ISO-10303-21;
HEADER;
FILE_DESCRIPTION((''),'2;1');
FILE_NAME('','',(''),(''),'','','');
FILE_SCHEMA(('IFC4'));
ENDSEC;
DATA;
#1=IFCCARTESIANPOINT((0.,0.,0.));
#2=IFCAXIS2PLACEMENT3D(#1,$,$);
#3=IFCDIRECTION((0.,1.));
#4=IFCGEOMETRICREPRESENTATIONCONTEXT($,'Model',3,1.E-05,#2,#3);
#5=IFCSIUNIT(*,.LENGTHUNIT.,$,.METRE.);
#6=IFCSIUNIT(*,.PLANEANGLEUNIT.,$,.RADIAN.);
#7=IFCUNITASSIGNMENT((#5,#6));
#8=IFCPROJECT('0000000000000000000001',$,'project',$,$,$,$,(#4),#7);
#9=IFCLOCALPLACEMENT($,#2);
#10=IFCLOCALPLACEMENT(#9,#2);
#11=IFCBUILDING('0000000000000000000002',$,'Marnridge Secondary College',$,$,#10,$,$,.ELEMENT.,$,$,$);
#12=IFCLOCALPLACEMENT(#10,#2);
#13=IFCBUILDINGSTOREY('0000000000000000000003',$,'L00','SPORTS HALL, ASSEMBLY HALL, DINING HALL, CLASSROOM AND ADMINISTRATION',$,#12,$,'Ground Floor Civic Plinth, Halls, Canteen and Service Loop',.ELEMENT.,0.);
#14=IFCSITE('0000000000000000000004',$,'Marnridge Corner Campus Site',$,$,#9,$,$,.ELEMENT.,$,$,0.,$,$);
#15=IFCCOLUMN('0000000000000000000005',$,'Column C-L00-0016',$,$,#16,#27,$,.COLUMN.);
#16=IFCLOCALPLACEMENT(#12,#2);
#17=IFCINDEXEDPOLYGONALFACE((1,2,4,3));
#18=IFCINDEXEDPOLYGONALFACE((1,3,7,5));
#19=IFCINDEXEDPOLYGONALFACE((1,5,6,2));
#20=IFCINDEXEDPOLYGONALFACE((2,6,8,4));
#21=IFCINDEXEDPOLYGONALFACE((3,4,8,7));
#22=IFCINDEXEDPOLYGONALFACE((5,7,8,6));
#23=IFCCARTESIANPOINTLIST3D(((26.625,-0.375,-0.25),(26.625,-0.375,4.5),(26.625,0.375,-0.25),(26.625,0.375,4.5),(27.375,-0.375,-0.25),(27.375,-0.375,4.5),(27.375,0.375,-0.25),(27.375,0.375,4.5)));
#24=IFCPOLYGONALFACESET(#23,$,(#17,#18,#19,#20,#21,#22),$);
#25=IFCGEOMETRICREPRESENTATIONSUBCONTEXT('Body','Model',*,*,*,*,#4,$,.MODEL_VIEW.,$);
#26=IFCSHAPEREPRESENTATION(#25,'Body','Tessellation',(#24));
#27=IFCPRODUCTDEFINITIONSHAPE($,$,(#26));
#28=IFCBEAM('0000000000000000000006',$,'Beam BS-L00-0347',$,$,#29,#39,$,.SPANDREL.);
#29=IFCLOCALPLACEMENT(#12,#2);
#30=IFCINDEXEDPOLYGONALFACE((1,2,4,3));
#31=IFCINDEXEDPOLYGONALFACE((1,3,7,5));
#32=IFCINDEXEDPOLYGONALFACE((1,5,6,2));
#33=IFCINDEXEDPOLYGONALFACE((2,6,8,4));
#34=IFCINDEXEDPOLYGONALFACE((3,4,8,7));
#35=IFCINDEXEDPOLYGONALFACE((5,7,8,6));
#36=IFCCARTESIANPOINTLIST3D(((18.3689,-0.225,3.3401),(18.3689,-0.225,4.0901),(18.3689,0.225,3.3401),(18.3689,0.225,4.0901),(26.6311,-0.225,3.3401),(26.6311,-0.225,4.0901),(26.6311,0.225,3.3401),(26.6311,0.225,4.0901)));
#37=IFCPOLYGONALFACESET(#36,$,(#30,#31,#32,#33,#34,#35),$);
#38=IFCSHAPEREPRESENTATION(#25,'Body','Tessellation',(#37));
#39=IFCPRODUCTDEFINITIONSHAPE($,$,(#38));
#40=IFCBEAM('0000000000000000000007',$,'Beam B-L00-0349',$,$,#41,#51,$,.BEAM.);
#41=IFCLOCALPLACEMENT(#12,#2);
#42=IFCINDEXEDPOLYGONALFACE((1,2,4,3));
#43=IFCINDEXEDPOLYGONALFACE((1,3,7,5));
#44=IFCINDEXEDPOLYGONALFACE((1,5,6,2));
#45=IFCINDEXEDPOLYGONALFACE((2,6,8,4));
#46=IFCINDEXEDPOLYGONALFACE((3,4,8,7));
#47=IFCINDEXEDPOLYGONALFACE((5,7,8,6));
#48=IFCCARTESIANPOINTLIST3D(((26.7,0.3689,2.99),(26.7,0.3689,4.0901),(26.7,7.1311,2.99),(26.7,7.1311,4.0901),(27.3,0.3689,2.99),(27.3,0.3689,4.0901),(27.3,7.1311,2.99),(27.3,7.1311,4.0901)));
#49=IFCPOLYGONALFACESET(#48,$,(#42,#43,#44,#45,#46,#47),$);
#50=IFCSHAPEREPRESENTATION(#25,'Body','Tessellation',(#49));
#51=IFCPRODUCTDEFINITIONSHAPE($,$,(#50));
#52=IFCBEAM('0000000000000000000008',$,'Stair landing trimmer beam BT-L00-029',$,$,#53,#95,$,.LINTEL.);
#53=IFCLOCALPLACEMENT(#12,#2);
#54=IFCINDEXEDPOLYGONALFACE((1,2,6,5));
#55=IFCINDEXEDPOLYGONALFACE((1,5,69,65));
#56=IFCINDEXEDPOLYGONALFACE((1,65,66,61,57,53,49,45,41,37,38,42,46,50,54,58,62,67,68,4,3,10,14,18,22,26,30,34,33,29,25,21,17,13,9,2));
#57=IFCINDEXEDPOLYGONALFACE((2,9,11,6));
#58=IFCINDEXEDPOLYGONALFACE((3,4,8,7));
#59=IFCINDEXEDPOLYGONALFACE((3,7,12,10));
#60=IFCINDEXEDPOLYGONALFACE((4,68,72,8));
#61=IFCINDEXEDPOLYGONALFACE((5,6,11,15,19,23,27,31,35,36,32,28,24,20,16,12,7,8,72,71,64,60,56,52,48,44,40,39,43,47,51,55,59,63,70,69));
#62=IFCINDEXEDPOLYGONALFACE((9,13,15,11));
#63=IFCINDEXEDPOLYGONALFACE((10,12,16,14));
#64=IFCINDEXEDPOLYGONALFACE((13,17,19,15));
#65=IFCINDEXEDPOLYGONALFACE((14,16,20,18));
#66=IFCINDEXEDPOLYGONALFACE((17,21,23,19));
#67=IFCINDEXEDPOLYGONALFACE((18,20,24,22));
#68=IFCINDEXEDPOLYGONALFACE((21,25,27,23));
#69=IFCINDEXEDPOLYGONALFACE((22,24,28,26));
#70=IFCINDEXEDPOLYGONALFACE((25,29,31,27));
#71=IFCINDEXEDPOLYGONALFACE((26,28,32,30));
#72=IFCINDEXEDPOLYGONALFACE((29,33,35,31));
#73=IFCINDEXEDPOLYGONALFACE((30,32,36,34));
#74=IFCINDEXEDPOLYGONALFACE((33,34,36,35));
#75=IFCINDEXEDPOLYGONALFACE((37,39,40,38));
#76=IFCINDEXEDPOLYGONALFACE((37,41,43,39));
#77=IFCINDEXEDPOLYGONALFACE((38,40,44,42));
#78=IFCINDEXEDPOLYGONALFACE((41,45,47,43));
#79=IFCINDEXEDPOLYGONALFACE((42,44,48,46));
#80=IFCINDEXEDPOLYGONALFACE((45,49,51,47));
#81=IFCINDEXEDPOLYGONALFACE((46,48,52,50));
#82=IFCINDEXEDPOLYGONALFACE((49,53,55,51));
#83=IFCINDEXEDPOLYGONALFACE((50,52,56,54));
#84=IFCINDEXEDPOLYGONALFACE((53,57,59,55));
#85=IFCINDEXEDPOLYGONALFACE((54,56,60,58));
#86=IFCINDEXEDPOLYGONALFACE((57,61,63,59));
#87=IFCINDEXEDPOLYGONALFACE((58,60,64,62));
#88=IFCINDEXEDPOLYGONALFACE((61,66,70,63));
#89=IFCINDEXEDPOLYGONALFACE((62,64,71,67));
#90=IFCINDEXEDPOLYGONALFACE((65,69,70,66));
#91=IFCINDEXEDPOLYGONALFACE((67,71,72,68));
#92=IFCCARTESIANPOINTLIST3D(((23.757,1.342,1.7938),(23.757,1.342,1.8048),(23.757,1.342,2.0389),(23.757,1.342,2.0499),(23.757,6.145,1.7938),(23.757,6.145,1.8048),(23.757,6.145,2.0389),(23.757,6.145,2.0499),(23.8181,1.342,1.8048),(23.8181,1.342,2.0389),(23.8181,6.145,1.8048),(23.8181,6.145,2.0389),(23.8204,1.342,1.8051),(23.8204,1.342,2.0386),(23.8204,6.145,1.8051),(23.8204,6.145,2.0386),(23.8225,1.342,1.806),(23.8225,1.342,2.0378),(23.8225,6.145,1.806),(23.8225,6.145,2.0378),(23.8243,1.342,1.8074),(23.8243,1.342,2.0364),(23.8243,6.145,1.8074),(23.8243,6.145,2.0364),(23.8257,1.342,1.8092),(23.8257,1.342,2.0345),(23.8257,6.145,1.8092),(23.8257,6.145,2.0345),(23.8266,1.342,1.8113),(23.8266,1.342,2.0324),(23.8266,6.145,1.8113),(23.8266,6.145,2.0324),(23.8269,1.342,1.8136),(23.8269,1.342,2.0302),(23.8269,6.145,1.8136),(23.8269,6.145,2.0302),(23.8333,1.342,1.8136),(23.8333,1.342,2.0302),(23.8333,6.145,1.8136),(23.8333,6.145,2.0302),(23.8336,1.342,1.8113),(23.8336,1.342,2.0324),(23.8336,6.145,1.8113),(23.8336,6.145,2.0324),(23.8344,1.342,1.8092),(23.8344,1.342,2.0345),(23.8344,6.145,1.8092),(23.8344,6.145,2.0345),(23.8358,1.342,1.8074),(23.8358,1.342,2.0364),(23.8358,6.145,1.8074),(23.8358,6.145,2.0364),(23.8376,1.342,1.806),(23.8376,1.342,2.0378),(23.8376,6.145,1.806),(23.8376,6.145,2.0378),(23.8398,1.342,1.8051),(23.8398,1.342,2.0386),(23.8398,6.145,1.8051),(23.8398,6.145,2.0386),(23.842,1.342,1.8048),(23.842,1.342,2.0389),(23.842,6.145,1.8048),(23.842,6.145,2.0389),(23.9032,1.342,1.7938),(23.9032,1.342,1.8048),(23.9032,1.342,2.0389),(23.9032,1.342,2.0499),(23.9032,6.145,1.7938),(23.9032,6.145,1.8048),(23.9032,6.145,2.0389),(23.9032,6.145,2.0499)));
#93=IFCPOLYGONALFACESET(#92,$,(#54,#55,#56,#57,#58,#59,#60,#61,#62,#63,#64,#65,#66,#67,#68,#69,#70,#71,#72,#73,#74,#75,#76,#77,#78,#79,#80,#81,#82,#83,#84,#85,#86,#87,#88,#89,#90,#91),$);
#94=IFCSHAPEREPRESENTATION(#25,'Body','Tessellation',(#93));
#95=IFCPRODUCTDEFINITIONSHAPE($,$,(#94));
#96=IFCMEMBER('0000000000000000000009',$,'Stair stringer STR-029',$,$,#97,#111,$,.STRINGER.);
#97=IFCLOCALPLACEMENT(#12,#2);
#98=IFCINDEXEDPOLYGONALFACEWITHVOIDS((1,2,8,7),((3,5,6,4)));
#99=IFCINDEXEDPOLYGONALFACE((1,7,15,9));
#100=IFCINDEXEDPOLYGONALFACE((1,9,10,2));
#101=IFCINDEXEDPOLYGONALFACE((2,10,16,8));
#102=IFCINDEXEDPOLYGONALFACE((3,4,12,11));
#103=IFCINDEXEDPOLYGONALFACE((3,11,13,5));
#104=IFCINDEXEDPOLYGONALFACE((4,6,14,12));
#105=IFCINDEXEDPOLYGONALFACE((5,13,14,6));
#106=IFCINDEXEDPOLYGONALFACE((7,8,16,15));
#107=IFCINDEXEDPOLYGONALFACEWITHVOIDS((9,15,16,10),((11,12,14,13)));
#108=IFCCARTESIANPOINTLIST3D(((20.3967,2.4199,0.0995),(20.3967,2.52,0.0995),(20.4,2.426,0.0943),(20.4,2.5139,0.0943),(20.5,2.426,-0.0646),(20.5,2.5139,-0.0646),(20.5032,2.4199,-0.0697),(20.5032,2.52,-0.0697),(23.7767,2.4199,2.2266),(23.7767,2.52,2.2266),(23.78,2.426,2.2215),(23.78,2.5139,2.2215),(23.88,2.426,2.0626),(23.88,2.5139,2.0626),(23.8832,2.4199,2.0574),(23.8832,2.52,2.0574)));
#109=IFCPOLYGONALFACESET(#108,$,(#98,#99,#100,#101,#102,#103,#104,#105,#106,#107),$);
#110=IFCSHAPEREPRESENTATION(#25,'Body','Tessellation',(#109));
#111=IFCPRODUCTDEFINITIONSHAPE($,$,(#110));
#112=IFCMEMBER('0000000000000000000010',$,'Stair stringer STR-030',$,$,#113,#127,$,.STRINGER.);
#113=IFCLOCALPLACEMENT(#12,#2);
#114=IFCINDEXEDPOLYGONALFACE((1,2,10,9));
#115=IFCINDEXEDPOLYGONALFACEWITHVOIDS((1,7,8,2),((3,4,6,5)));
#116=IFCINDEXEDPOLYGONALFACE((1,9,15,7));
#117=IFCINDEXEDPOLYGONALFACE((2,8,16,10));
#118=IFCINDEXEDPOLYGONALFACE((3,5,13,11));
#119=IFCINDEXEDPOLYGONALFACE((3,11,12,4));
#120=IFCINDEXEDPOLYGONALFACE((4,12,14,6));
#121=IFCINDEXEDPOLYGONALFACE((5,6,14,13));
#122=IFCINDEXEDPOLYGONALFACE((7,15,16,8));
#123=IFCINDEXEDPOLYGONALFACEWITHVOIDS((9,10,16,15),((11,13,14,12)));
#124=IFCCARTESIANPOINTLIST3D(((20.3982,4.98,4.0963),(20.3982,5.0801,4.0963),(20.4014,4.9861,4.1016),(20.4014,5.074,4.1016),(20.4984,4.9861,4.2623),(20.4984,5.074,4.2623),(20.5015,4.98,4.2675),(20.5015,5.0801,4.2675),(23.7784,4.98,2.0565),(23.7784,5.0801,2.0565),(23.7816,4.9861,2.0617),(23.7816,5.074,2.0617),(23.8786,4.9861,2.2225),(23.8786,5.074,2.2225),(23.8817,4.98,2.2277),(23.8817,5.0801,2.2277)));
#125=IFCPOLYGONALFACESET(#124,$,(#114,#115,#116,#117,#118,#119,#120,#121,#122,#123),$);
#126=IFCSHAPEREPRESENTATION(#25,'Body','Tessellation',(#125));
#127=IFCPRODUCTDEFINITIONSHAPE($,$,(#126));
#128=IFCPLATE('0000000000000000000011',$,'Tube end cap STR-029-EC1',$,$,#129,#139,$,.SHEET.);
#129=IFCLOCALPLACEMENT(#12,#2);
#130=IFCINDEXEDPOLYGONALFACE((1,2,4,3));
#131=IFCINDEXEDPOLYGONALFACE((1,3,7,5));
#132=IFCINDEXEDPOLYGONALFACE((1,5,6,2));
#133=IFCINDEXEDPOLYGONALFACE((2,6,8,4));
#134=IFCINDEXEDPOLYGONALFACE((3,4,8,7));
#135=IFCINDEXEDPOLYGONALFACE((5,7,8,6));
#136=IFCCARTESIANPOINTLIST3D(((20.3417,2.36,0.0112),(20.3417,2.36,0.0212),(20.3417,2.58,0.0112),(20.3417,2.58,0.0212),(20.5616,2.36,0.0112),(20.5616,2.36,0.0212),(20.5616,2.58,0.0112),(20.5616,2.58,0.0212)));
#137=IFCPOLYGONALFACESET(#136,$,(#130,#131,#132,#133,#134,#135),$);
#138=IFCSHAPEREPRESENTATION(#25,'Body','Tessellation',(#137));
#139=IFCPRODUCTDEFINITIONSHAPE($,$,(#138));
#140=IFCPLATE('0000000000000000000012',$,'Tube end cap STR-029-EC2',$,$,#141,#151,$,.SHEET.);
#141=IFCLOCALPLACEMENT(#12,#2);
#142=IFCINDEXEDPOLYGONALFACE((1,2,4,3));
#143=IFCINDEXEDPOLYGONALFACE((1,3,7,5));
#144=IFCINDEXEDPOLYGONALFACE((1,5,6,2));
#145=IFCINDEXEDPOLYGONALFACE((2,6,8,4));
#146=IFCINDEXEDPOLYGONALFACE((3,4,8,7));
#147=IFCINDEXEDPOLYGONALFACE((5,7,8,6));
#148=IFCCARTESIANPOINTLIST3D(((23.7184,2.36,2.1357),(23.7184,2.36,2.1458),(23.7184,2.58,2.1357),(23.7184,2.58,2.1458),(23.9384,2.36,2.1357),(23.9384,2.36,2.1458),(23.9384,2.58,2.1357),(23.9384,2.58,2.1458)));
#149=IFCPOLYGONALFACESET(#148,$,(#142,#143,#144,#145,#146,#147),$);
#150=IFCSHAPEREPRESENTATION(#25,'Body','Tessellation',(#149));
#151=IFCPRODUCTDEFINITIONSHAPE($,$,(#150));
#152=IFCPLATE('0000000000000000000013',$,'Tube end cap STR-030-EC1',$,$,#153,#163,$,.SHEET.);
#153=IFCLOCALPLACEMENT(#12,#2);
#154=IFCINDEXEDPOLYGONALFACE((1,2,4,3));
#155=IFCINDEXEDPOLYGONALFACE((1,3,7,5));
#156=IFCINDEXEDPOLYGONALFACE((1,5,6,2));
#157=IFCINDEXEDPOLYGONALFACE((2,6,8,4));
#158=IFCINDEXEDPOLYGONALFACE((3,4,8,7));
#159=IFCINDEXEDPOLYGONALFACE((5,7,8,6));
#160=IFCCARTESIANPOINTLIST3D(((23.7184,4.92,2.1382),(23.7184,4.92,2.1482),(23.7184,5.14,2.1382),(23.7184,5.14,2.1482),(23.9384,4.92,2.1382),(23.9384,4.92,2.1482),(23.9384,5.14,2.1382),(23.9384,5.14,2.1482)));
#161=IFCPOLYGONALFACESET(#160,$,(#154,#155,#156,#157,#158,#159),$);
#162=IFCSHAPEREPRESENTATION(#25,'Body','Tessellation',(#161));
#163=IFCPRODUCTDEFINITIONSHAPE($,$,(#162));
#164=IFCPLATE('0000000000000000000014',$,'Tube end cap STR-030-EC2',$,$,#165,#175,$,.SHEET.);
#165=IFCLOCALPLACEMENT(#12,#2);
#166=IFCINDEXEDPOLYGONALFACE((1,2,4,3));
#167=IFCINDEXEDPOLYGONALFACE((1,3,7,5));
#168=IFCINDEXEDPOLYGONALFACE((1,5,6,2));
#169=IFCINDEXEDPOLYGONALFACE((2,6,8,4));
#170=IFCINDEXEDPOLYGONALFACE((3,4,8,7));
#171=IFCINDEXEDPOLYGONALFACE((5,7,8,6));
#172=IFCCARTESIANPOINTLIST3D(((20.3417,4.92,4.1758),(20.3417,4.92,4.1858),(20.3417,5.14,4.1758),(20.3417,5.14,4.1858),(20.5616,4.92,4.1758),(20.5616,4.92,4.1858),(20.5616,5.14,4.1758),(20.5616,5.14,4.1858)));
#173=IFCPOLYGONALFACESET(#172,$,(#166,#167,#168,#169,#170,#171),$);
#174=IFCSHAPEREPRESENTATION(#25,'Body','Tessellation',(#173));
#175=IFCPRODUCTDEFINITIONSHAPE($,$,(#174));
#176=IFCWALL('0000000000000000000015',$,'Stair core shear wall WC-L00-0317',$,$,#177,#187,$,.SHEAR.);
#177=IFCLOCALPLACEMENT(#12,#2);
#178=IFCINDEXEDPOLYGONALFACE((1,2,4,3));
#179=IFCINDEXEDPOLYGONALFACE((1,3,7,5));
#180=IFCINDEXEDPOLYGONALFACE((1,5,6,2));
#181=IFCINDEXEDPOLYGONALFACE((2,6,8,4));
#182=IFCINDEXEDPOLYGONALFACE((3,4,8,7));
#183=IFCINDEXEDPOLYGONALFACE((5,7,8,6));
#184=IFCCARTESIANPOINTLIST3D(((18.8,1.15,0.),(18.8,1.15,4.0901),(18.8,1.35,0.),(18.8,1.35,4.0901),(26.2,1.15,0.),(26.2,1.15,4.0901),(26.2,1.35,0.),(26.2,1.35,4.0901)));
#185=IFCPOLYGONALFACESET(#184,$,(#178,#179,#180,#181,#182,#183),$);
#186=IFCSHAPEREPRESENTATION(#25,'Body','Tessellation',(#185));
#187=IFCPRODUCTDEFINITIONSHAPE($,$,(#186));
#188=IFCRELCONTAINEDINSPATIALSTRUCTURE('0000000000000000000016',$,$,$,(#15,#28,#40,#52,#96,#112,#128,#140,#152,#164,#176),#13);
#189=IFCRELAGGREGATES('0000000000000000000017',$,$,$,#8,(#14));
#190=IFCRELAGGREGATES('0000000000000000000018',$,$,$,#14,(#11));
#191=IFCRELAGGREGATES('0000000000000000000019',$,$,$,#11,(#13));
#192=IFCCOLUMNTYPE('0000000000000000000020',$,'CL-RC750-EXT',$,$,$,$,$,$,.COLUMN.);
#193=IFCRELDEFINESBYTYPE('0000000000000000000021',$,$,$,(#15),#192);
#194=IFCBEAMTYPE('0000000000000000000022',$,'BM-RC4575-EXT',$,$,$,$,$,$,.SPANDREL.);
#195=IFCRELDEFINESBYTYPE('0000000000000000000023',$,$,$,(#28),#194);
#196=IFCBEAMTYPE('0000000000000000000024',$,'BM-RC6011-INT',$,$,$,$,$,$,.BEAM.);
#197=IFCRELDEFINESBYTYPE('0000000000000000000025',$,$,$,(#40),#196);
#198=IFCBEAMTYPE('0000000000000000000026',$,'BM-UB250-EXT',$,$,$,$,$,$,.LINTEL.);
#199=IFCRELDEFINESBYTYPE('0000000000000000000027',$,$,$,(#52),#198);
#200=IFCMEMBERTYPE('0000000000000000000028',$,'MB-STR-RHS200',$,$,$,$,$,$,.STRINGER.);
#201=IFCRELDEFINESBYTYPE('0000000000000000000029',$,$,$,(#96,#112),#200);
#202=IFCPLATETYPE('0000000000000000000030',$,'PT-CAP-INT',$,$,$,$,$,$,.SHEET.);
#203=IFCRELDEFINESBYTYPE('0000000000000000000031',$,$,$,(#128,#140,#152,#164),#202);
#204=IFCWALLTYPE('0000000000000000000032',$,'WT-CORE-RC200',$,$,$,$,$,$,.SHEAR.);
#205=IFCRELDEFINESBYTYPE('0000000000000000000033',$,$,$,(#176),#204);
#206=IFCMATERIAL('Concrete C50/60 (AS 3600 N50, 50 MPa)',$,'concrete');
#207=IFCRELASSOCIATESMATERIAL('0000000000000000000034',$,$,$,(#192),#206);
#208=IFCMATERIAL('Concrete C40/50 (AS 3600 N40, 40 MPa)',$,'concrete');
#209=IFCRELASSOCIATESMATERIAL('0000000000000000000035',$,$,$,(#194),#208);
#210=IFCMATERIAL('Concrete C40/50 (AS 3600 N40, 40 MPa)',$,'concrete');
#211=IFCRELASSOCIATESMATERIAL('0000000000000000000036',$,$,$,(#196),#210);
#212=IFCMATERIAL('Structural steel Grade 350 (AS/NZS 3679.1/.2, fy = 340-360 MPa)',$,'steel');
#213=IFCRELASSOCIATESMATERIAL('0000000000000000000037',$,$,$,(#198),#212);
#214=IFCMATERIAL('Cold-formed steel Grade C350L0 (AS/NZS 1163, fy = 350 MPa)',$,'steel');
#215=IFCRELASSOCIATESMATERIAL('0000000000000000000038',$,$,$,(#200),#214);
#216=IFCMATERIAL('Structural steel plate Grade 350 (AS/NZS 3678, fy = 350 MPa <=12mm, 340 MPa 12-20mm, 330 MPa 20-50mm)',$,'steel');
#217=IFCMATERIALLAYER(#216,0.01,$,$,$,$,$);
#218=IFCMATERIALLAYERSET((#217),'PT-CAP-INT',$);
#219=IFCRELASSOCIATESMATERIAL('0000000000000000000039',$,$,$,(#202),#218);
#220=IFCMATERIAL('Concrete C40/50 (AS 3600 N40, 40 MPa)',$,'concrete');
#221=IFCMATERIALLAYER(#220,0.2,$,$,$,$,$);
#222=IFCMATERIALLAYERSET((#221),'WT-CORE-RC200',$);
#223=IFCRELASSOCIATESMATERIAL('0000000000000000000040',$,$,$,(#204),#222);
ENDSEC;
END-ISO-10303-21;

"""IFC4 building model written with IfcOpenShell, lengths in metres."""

from ifc_helpers import new_model, si_unit, direction, frame, frame_2d, origin, origin_2d, place, context, subcontext, project, spatial, rectangle, hollow_rectangle, i_section, extrude, material, layer, layer_set, material_profile, profile_set, type_object, element, save


model = new_model("IFC4")

# Units and contexts
model_context = context("Model", 3, precision=1e-05, world=origin(), true_north=direction((0.0, 1.0)))
body_context = subcontext(model_context, "Body", "Model", "MODEL_VIEW")
ifc_project = project(units=[si_unit("LENGTHUNIT", "METRE"), si_unit("PLANEANGLEUNIT", "RADIAN")], contexts=[model_context])

# Site, building, storey
site_placement = place(None, origin())
site = spatial("IfcSite", under=ifc_project, at=site_placement, Name="Marnridge Corner Campus Site", CompositionType="ELEMENT", RefElevation=0.0)
building_placement = place(site_placement, origin())
building = spatial("IfcBuilding", under=site, at=building_placement, Name="Marnridge Secondary College", CompositionType="ELEMENT")
storey_placement = place(building_placement, origin())
storey = spatial("IfcBuildingStorey", under=building, at=storey_placement, Name="L00", Description="SPORTS HALL, ASSEMBLY HALL, DINING HALL, CLASSROOM AND ADMINISTRATION", LongName="Ground Floor Civic Plinth, Halls, Canteen and Service Loop", CompositionType="ELEMENT", Elevation=0.0)

# Column
ifc_material_1 = material(Name="Concrete C50/60 (AS 3600 N50, 50 MPa)", Category="concrete")
ifc_material_profile_1 = material_profile(ifc_material_1, rectangle(XDim=0.75, YDim=0.75, at=origin_2d()), Name="RC 750x750")
ifc_profile_set_1 = profile_set([ifc_material_profile_1], Name="Concrete C50/60 (AS 3600 N50, 50 MPa)")
column_type = type_object("IfcColumnType", Name="CL-RC750-EXT", PredefinedType="COLUMN", material=ifc_profile_set_1)
column_placement = place(storey_placement, frame((27.0, 0.0, -0.25), z_axis=(0.0, 0.0, 1.0), x_axis=(1.0, 0.0, 0.0)))
element("IfcColumn", 1, at=column_placement, inside=storey, type_object=column_type, Name="Column C-L00-0016", PredefinedType="COLUMN", context=body_context, shape_type="SweptSolid", body=[
    extrude(rectangle(XDim=0.75, YDim=0.75, at=origin_2d()), origin(), (0.0, 0.0, 1.0), 4.75),
])

# Beams
ifc_material_2 = material(Name="Concrete C40/50 (AS 3600 N40, 40 MPa)", Category="concrete")
ifc_material_profile_2 = material_profile(ifc_material_2, rectangle(XDim=0.45, YDim=0.75, at=origin_2d()), Name="RC 450x750")
ifc_profile_set_2 = profile_set([ifc_material_profile_2], Name="Concrete C40/50 (AS 3600 N40, 40 MPa)")
beam_type_1 = type_object("IfcBeamType", Name="BM-RC4575-EXT", PredefinedType="SPANDREL", material=ifc_profile_set_2)
beam_1_placement = place(storey_placement, frame((18.3689, 0.0, 3.7151), z_axis=(1.0, 0.0, 0.0), x_axis=(0.0, 1.0, 0.0)))
element("IfcBeam", 2, at=beam_1_placement, inside=storey, type_object=beam_type_1, Name="Beam BS-L00-0347", PredefinedType="SPANDREL", context=body_context, shape_type="SweptSolid", body=[
    extrude(rectangle(XDim=0.45, YDim=0.75, at=origin_2d()), origin(), (0.0, 0.0, 1.0), 8.2622),
])
ifc_material_3 = material(Name="Concrete C40/50 (AS 3600 N40, 40 MPa)", Category="concrete")
ifc_material_profile_3 = material_profile(ifc_material_3, rectangle(XDim=0.6001, YDim=1.1001, at=origin_2d()), Name="RC 600x1100")
ifc_profile_set_3 = profile_set([ifc_material_profile_3], Name="Concrete C40/50 (AS 3600 N40, 40 MPa)")
beam_type_2 = type_object("IfcBeamType", Name="BM-RC6011-INT", PredefinedType="BEAM", material=ifc_profile_set_3)
beam_2_placement = place(storey_placement, frame((27.0, 0.3689, 3.54), z_axis=(0.0, 1.0, 0.0), x_axis=(-1.0, 0.0, 0.0)))
element("IfcBeam", 3, at=beam_2_placement, inside=storey, type_object=beam_type_2, Name="Beam B-L00-0349", PredefinedType="BEAM", context=body_context, shape_type="SweptSolid", body=[
    extrude(rectangle(XDim=0.6001, YDim=1.1001, at=origin_2d()), origin(), (0.0, 0.0, 1.0), 6.7622),
])
ifc_material_4 = material(Name="Structural steel Grade 350 (AS/NZS 3679.1/.2, fy = 340-360 MPa)", Category="steel")
ifc_material_profile_4 = material_profile(ifc_material_4, i_section(OverallWidth=0.1462, OverallDepth=0.2561, WebThickness=0.0063, FlangeThickness=0.011, FilletRadius=0.0088, at=origin_2d()), Name="250UB37.3")
ifc_profile_set_4 = profile_set([ifc_material_profile_4], Name="Structural steel Grade 350 (AS/NZS 3679.1/.2, fy = 340-360 MPa)")
beam_type_3 = type_object("IfcBeamType", Name="BM-UB250-EXT", PredefinedType="LINTEL", material=ifc_profile_set_4)
beam_3_placement = place(storey_placement, frame((23.8301, 1.342, 1.9219), z_axis=(0.0, 1.0, 0.0), x_axis=(-1.0, 0.0, 0.0)))
element("IfcBeam", 4, at=beam_3_placement, inside=storey, type_object=beam_type_3, Name="Stair landing trimmer beam BT-L00-029", PredefinedType="LINTEL", context=body_context, shape_type="SweptSolid", body=[
    extrude(i_section(OverallWidth=0.1462, OverallDepth=0.2561, WebThickness=0.0063, FlangeThickness=0.011, FilletRadius=0.0088, at=origin_2d()), origin(), (0.0, 0.0, 1.0), 4.803),
])

# Members
ifc_material_5 = material(Name="Cold-formed steel Grade C350L0 (AS/NZS 1163, fy = 350 MPa)", Category="steel")
ifc_material_profile_5 = material_profile(ifc_material_5, hollow_rectangle(XDim=0.1001, YDim=0.2, WallThickness=0.0061, at=origin_2d()), Name="200x100x6.0RHS")
ifc_profile_set_5 = profile_set([ifc_material_profile_5], Name="Cold-formed steel Grade C350L0 (AS/NZS 1163, fy = 350 MPa)")
member_type = type_object("IfcMemberType", Name="MB-STR-RHS200", PredefinedType="STRINGER", material=ifc_profile_set_5)
member_1_placement = place(storey_placement, frame((20.45, 2.47, 0.0149), z_axis=(0.846349, 0.0, 0.532628), x_axis=(0.0, 1.0, 0.0)))
element("IfcMember", 5, at=member_1_placement, inside=storey, type_object=member_type, Name="Stair stringer STR-029", PredefinedType="STRINGER", context=body_context, shape_type="SweptSolid", body=[
    extrude(hollow_rectangle(XDim=0.1001, YDim=0.2, WallThickness=0.0061, at=origin_2d()), origin(), (0.0, 0.0, 1.0), 3.9937),
])
member_2_placement = place(storey_placement, frame((23.8301, 5.03, 2.1421), z_axis=(-0.856181, 0.0, 0.516677), x_axis=(0.0, -1.0, 0.0)))
element("IfcMember", 6, at=member_2_placement, inside=storey, type_object=member_type, Name="Stair stringer STR-030", PredefinedType="STRINGER", context=body_context, shape_type="SweptSolid", body=[
    extrude(hollow_rectangle(XDim=0.1001, YDim=0.2, WallThickness=0.0061, at=origin_2d()), origin(), (0.0, 0.0, 1.0), 3.948),
])

# Plates
ifc_material_6 = material(Name="Structural steel plate Grade 350 (AS/NZS 3678, fy = 350 MPa <=12mm, 340 MPa 12-20mm, 330 MPa 20-50mm)", Category="steel")
ifc_layer_1 = layer(ifc_material_6, 0.01)
ifc_layer_set_1 = layer_set([ifc_layer_1], Name="PT-CAP-INT")
plate_type = type_object("IfcPlateType", Name="PT-CAP-INT", PredefinedType="SHEET", material=ifc_layer_set_1)
for number, where, z_axis, x_axis, name in (
    (7, (20.4517, 2.47, 0.0112), (0.0, 0.0, 1.0), (1.0, 0.0, 0.0), "Tube end cap STR-029-EC1"),
    (8, (23.8284, 2.47, 2.1357), (0.0, 0.0, 1.0), (1.0, 0.0, 0.0), "Tube end cap STR-029-EC2"),
    (9, (23.8284, 5.03, 2.1382), (0.0, 0.0, 1.0), (-1.0, 0.0, 0.0), "Tube end cap STR-030-EC1"),
    (10, (20.4517, 5.03, 4.1758), (0.0, 0.0, 1.0), (-1.0, 0.0, 0.0), "Tube end cap STR-030-EC2"),
):
    element("IfcPlate", number, at=place(storey_placement, frame(where, z_axis=z_axis, x_axis=x_axis)), inside=storey, type_object=plate_type, Name=name, PredefinedType="SHEET", context=body_context, shape_type="SweptSolid", body=[
        extrude(rectangle(XDim=0.22, YDim=0.22, at=origin_2d()), origin(), (0.0, 0.0, 1.0), 0.01),
    ])

# Wall
ifc_material_7 = material(Name="Concrete C40/50 (AS 3600 N40, 40 MPa)", Category="concrete")
ifc_layer_2 = layer(ifc_material_7, 0.2)
ifc_layer_set_2 = layer_set([ifc_layer_2], Name="WT-CORE-RC200")
wall_type_1 = type_object("IfcWallType", Name="WT-CORE-RC200", PredefinedType="SHEAR", material=ifc_layer_set_2)
wall_1_placement = place(storey_placement, frame((18.8, 1.25, 0.0), z_axis=(0.0, 0.0, 1.0), x_axis=(1.0, 0.0, 0.0)))
element("IfcWall", 11, at=wall_1_placement, inside=storey, type_object=wall_type_1, Name="Stair core shear wall WC-L00-0317", PredefinedType="SHEAR", context=body_context, shape_type="SweptSolid", body=[
    extrude(rectangle(XDim=7.3999, YDim=0.2, at=frame_2d((3.7, 0.0))), origin(), (0.0, 0.0, 1.0), 4.0901),
])

save(model, "model.ifc")
